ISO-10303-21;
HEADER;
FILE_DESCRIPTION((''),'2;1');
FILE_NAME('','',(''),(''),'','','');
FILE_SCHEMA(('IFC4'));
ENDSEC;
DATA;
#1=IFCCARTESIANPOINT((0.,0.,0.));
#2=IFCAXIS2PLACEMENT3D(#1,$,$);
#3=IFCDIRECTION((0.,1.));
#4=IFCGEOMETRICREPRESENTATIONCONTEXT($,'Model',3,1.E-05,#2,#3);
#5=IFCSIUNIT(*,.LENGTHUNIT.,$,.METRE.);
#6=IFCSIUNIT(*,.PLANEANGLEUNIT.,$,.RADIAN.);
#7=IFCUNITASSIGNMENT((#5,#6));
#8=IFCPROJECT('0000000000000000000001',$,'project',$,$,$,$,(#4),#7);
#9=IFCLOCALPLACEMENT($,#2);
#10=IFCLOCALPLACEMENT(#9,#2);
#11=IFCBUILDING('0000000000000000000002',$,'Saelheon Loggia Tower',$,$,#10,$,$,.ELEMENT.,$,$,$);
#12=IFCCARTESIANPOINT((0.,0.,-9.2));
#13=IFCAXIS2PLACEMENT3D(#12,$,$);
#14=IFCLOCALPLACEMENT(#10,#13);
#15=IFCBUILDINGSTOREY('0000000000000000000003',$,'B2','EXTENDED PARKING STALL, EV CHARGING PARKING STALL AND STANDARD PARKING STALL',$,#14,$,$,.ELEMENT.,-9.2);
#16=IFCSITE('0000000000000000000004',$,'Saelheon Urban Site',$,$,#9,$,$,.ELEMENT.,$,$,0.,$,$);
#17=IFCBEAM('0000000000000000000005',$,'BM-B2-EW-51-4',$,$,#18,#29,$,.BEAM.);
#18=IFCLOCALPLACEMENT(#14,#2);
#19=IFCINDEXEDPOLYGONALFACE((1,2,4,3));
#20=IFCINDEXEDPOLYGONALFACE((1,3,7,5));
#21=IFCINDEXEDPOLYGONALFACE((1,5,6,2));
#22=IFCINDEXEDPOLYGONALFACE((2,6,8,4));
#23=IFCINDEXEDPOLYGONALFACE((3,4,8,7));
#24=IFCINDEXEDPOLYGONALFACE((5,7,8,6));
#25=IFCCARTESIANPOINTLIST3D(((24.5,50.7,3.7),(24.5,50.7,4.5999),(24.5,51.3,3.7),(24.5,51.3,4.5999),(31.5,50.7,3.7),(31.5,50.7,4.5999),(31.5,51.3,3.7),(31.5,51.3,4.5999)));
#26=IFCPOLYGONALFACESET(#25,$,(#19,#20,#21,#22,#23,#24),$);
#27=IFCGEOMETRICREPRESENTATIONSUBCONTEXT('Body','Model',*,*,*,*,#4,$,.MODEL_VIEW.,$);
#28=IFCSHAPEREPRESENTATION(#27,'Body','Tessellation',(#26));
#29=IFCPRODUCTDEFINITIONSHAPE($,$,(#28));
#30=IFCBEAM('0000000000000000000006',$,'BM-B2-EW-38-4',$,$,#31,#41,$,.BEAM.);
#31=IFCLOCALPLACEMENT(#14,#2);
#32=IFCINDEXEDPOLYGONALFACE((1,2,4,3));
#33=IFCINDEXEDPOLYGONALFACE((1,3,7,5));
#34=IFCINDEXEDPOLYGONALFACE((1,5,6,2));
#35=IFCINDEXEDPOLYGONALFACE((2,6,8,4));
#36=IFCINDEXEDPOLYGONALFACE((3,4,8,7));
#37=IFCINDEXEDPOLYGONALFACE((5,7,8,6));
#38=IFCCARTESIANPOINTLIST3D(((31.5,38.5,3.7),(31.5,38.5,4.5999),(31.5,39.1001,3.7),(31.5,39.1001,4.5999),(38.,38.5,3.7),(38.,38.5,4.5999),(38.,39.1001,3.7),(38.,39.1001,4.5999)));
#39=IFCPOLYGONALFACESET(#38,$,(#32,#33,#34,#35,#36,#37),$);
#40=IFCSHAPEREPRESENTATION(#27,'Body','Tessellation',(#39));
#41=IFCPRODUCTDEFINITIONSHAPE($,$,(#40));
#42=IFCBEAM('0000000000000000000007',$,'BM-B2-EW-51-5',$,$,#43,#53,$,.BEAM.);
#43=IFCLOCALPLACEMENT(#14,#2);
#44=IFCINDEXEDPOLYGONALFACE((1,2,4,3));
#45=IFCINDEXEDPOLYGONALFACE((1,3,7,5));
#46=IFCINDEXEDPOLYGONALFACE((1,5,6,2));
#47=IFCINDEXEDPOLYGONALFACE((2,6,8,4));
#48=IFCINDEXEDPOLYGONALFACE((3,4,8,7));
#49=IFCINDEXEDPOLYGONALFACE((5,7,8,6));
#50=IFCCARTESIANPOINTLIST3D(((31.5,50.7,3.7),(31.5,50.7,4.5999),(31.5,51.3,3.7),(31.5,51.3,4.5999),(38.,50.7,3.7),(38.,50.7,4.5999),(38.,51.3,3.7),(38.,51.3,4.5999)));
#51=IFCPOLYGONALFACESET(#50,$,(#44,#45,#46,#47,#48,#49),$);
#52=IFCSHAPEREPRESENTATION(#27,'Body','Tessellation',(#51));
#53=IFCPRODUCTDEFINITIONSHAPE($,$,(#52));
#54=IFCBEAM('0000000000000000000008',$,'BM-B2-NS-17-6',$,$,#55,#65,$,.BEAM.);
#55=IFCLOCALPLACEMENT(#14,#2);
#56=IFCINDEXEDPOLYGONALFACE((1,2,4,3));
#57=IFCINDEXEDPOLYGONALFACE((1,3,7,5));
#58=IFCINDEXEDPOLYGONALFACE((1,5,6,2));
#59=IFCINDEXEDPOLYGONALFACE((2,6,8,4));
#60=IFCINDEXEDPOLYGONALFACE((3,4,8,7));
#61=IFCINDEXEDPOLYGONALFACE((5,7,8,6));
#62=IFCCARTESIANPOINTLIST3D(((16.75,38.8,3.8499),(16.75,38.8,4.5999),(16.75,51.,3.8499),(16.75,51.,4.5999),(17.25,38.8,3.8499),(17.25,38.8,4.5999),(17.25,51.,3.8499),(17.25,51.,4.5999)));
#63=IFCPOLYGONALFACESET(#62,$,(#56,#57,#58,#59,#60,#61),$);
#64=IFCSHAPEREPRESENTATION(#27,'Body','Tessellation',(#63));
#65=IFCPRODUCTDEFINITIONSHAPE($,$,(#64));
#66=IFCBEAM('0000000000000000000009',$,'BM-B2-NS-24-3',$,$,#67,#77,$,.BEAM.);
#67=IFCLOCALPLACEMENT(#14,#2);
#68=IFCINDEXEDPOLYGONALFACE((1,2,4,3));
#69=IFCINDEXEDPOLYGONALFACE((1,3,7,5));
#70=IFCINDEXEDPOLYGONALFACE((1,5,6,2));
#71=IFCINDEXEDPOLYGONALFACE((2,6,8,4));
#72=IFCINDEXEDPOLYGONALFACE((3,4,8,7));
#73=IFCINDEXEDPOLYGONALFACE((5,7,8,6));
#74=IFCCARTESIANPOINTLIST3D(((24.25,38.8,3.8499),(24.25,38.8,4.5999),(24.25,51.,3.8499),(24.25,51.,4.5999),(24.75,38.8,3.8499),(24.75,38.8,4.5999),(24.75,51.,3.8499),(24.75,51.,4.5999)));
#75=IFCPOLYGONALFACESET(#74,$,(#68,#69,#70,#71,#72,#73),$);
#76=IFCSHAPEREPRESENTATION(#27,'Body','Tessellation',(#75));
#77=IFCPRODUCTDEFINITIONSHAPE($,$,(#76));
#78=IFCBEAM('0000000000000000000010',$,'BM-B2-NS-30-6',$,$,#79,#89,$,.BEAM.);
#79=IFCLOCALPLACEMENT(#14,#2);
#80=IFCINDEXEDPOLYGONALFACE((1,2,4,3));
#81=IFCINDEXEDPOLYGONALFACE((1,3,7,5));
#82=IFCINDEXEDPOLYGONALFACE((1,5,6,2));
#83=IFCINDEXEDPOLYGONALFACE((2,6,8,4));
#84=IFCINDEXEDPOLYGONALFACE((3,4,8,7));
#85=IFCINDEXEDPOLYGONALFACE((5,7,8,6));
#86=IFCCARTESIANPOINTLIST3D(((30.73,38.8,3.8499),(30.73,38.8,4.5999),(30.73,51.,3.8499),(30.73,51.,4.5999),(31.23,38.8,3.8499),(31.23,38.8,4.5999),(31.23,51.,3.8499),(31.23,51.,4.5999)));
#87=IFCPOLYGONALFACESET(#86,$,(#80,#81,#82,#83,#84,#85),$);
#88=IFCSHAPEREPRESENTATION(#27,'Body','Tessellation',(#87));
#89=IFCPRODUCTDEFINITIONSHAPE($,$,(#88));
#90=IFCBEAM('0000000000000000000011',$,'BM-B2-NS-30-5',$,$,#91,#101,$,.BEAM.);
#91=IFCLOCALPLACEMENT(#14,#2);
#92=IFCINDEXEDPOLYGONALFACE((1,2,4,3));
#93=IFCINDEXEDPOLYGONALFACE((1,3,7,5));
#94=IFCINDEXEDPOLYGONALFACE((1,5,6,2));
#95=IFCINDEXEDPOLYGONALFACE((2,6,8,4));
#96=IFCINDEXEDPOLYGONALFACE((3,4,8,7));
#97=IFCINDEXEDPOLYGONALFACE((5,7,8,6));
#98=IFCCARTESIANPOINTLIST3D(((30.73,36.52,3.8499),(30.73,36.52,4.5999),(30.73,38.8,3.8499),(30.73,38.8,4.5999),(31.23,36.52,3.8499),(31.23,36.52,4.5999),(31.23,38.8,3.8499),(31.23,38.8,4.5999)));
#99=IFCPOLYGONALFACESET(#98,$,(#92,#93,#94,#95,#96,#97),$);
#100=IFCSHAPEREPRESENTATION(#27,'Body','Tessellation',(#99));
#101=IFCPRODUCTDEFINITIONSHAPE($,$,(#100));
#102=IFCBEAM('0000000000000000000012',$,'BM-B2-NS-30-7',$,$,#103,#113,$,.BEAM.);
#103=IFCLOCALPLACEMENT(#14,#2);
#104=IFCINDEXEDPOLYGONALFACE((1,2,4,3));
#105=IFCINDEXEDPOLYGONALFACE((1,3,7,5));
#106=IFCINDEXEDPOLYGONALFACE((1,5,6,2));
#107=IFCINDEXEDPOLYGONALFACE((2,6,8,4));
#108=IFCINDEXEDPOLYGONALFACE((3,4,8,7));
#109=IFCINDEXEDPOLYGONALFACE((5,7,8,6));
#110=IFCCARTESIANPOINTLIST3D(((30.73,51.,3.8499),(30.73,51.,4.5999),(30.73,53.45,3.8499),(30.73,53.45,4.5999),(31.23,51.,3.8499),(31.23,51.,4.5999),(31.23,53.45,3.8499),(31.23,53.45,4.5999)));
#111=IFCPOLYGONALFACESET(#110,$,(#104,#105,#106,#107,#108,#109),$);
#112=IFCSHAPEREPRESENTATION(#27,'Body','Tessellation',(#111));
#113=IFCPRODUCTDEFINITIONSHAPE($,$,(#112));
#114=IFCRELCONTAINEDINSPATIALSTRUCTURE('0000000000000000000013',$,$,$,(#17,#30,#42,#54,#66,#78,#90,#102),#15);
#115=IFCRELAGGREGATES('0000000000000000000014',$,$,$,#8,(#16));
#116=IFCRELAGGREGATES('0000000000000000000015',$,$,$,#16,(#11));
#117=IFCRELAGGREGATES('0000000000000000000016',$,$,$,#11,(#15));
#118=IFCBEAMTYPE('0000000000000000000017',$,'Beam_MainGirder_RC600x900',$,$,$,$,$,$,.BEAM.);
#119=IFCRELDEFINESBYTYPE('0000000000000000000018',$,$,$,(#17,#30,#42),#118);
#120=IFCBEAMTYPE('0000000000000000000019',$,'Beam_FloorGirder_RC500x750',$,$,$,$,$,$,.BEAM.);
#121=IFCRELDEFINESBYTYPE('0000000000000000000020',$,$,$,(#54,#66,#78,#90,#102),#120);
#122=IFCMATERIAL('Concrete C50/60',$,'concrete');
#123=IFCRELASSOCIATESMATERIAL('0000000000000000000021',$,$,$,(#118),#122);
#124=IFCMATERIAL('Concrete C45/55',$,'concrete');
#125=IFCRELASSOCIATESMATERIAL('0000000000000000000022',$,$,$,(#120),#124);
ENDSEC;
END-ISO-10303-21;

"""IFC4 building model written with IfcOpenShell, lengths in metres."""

from ifc_helpers import new_model, si_unit, direction, frame, origin, origin_2d, place, context, subcontext, project, spatial, rectangle, extrude, source, transform, mapped, material, material_profile, profile_set, type_object, element, save


model = new_model("IFC4")

# Units and contexts
model_context = context("Model", 3, precision=1e-05, world=origin(), true_north=direction((0.0, 1.0)))
body_context = subcontext(model_context, "Body", "Model", "MODEL_VIEW")
ifc_project = project(units=[si_unit("LENGTHUNIT", "METRE"), si_unit("PLANEANGLEUNIT", "RADIAN")], contexts=[model_context])

# Site, building, storey
site_placement = place(None, origin())
site = spatial("IfcSite", under=ifc_project, at=site_placement, Name="Saelheon Urban Site", CompositionType="ELEMENT", RefElevation=0.0)
building_placement = place(site_placement, origin())
building = spatial("IfcBuilding", under=site, at=building_placement, Name="Saelheon Loggia Tower", CompositionType="ELEMENT")
storey_placement = place(building_placement, frame((0.0, 0.0, -9.2)))
storey = spatial("IfcBuildingStorey", under=building, at=storey_placement, Name="B2", Description="EXTENDED PARKING STALL, EV CHARGING PARKING STALL AND STANDARD PARKING STALL", CompositionType="ELEMENT", Elevation=-9.2)

# Shared definitions
ifc_material_1 = material(Name="Concrete C50/60", Category="concrete")

# Beams
ifc_material_profile_1 = material_profile(ifc_material_1, rectangle(XDim=0.6001, YDim=0.8999, at=origin_2d()), Name="RC-600x900")
ifc_profile_set_1 = profile_set([ifc_material_profile_1], Name="Concrete C50/60")
beam_type_1 = type_object("IfcBeamType", Name="Beam_MainGirder_RC600x900", PredefinedType="BEAM", material=ifc_profile_set_1)
shared_shape_1 = source(origin(), body_context, "Body", "SweptSolid", [
    extrude(rectangle(XDim=0.6001, YDim=0.8999, at=origin_2d()), origin(), (0.0, 0.0, 1.0), 7.0),
])
for number, where, z_axis, x_axis, name in (
    (1, (24.5, 51.0, 4.1499), (1.0, 0.0, 0.0), (0.0, 1.0, 0.0), "BM-B2-EW-51-4"),
):
    element("IfcBeam", number, at=place(storey_placement, frame(where, z_axis=z_axis, x_axis=x_axis)), inside=storey, type_object=beam_type_1, Name=name, PredefinedType="BEAM", context=body_context, shape_type="MappedRepresentation", body=[
        mapped(shared_shape_1, transform((0.0, 0.0, 0.0), scale=1.0)),
    ])
shared_shape_2 = source(origin(), body_context, "Body", "SweptSolid", [
    extrude(rectangle(XDim=0.6001, YDim=0.8999, at=origin_2d()), origin(), (0.0, 0.0, 1.0), 6.5),
])
for number, where, z_axis, x_axis, name in (
    (2, (31.5, 38.8, 4.1499), (1.0, 0.0, 0.0), (0.0, 1.0, 0.0), "BM-B2-EW-38-4"),
    (3, (31.5, 51.0, 4.1499), (1.0, 0.0, 0.0), (0.0, 1.0, 0.0), "BM-B2-EW-51-5"),
):
    element("IfcBeam", number, at=place(storey_placement, frame(where, z_axis=z_axis, x_axis=x_axis)), inside=storey, type_object=beam_type_1, Name=name, PredefinedType="BEAM", context=body_context, shape_type="MappedRepresentation", body=[
        mapped(shared_shape_2, transform((0.0, 0.0, 0.0), scale=1.0)),
    ])
ifc_material_2 = material(Name="Concrete C45/55", Category="concrete")
ifc_material_profile_2 = material_profile(ifc_material_2, rectangle(XDim=0.5, YDim=0.75, at=origin_2d()), Name="RC-500x750")
ifc_profile_set_2 = profile_set([ifc_material_profile_2], Name="Concrete C45/55")
beam_type_2 = type_object("IfcBeamType", Name="Beam_FloorGirder_RC500x750", PredefinedType="BEAM", material=ifc_profile_set_2)
shared_shape_3 = source(origin(), body_context, "Body", "SweptSolid", [
    extrude(rectangle(XDim=0.5, YDim=0.75, at=origin_2d()), origin(), (0.0, 0.0, 1.0), 12.2),
])
for number, where, z_axis, x_axis, name in (
    (4, (17.0, 38.8, 4.2249), (0.0, 1.0, 0.0), (-1.0, 0.0, 0.0), "BM-B2-NS-17-6"),
    (5, (24.5, 38.8, 4.2249), (0.0, 1.0, 0.0), (-1.0, 0.0, 0.0), "BM-B2-NS-24-3"),
    (6, (30.98, 38.8, 4.2249), (0.0, 1.0, 0.0), (-1.0, 0.0, 0.0), "BM-B2-NS-30-6"),
):
    element("IfcBeam", number, at=place(storey_placement, frame(where, z_axis=z_axis, x_axis=x_axis)), inside=storey, type_object=beam_type_2, Name=name, PredefinedType="BEAM", context=body_context, shape_type="MappedRepresentation", body=[
        mapped(shared_shape_3, transform((0.0, 0.0, 0.0), scale=1.0)),
    ])
shared_shape_4 = source(origin(), body_context, "Body", "SweptSolid", [
    extrude(rectangle(XDim=0.5, YDim=0.75, at=origin_2d()), origin(), (0.0, 0.0, 1.0), 2.28),
])
beam_1_placement = place(storey_placement, frame((30.98, 36.52, 4.2249), z_axis=(0.0, 1.0, 0.0), x_axis=(-1.0, 0.0, 0.0)))
element("IfcBeam", 7, at=beam_1_placement, inside=storey, type_object=beam_type_2, Name="BM-B2-NS-30-5", PredefinedType="BEAM", context=body_context, shape_type="MappedRepresentation", body=[
    mapped(shared_shape_4, transform((0.0, 0.0, 0.0), scale=1.0)),
])
shared_shape_5 = source(origin(), body_context, "Body", "SweptSolid", [
    extrude(rectangle(XDim=0.5, YDim=0.75, at=origin_2d()), origin(), (0.0, 0.0, 1.0), 2.45),
])
beam_2_placement = place(storey_placement, frame((30.98, 51.0, 4.2249), z_axis=(0.0, 1.0, 0.0), x_axis=(-1.0, 0.0, 0.0)))
element("IfcBeam", 8, at=beam_2_placement, inside=storey, type_object=beam_type_2, Name="BM-B2-NS-30-7", PredefinedType="BEAM", context=body_context, shape_type="MappedRepresentation", body=[
    mapped(shared_shape_5, transform((0.0, 0.0, 0.0), scale=1.0)),
])

save(model, "model.ifc")
